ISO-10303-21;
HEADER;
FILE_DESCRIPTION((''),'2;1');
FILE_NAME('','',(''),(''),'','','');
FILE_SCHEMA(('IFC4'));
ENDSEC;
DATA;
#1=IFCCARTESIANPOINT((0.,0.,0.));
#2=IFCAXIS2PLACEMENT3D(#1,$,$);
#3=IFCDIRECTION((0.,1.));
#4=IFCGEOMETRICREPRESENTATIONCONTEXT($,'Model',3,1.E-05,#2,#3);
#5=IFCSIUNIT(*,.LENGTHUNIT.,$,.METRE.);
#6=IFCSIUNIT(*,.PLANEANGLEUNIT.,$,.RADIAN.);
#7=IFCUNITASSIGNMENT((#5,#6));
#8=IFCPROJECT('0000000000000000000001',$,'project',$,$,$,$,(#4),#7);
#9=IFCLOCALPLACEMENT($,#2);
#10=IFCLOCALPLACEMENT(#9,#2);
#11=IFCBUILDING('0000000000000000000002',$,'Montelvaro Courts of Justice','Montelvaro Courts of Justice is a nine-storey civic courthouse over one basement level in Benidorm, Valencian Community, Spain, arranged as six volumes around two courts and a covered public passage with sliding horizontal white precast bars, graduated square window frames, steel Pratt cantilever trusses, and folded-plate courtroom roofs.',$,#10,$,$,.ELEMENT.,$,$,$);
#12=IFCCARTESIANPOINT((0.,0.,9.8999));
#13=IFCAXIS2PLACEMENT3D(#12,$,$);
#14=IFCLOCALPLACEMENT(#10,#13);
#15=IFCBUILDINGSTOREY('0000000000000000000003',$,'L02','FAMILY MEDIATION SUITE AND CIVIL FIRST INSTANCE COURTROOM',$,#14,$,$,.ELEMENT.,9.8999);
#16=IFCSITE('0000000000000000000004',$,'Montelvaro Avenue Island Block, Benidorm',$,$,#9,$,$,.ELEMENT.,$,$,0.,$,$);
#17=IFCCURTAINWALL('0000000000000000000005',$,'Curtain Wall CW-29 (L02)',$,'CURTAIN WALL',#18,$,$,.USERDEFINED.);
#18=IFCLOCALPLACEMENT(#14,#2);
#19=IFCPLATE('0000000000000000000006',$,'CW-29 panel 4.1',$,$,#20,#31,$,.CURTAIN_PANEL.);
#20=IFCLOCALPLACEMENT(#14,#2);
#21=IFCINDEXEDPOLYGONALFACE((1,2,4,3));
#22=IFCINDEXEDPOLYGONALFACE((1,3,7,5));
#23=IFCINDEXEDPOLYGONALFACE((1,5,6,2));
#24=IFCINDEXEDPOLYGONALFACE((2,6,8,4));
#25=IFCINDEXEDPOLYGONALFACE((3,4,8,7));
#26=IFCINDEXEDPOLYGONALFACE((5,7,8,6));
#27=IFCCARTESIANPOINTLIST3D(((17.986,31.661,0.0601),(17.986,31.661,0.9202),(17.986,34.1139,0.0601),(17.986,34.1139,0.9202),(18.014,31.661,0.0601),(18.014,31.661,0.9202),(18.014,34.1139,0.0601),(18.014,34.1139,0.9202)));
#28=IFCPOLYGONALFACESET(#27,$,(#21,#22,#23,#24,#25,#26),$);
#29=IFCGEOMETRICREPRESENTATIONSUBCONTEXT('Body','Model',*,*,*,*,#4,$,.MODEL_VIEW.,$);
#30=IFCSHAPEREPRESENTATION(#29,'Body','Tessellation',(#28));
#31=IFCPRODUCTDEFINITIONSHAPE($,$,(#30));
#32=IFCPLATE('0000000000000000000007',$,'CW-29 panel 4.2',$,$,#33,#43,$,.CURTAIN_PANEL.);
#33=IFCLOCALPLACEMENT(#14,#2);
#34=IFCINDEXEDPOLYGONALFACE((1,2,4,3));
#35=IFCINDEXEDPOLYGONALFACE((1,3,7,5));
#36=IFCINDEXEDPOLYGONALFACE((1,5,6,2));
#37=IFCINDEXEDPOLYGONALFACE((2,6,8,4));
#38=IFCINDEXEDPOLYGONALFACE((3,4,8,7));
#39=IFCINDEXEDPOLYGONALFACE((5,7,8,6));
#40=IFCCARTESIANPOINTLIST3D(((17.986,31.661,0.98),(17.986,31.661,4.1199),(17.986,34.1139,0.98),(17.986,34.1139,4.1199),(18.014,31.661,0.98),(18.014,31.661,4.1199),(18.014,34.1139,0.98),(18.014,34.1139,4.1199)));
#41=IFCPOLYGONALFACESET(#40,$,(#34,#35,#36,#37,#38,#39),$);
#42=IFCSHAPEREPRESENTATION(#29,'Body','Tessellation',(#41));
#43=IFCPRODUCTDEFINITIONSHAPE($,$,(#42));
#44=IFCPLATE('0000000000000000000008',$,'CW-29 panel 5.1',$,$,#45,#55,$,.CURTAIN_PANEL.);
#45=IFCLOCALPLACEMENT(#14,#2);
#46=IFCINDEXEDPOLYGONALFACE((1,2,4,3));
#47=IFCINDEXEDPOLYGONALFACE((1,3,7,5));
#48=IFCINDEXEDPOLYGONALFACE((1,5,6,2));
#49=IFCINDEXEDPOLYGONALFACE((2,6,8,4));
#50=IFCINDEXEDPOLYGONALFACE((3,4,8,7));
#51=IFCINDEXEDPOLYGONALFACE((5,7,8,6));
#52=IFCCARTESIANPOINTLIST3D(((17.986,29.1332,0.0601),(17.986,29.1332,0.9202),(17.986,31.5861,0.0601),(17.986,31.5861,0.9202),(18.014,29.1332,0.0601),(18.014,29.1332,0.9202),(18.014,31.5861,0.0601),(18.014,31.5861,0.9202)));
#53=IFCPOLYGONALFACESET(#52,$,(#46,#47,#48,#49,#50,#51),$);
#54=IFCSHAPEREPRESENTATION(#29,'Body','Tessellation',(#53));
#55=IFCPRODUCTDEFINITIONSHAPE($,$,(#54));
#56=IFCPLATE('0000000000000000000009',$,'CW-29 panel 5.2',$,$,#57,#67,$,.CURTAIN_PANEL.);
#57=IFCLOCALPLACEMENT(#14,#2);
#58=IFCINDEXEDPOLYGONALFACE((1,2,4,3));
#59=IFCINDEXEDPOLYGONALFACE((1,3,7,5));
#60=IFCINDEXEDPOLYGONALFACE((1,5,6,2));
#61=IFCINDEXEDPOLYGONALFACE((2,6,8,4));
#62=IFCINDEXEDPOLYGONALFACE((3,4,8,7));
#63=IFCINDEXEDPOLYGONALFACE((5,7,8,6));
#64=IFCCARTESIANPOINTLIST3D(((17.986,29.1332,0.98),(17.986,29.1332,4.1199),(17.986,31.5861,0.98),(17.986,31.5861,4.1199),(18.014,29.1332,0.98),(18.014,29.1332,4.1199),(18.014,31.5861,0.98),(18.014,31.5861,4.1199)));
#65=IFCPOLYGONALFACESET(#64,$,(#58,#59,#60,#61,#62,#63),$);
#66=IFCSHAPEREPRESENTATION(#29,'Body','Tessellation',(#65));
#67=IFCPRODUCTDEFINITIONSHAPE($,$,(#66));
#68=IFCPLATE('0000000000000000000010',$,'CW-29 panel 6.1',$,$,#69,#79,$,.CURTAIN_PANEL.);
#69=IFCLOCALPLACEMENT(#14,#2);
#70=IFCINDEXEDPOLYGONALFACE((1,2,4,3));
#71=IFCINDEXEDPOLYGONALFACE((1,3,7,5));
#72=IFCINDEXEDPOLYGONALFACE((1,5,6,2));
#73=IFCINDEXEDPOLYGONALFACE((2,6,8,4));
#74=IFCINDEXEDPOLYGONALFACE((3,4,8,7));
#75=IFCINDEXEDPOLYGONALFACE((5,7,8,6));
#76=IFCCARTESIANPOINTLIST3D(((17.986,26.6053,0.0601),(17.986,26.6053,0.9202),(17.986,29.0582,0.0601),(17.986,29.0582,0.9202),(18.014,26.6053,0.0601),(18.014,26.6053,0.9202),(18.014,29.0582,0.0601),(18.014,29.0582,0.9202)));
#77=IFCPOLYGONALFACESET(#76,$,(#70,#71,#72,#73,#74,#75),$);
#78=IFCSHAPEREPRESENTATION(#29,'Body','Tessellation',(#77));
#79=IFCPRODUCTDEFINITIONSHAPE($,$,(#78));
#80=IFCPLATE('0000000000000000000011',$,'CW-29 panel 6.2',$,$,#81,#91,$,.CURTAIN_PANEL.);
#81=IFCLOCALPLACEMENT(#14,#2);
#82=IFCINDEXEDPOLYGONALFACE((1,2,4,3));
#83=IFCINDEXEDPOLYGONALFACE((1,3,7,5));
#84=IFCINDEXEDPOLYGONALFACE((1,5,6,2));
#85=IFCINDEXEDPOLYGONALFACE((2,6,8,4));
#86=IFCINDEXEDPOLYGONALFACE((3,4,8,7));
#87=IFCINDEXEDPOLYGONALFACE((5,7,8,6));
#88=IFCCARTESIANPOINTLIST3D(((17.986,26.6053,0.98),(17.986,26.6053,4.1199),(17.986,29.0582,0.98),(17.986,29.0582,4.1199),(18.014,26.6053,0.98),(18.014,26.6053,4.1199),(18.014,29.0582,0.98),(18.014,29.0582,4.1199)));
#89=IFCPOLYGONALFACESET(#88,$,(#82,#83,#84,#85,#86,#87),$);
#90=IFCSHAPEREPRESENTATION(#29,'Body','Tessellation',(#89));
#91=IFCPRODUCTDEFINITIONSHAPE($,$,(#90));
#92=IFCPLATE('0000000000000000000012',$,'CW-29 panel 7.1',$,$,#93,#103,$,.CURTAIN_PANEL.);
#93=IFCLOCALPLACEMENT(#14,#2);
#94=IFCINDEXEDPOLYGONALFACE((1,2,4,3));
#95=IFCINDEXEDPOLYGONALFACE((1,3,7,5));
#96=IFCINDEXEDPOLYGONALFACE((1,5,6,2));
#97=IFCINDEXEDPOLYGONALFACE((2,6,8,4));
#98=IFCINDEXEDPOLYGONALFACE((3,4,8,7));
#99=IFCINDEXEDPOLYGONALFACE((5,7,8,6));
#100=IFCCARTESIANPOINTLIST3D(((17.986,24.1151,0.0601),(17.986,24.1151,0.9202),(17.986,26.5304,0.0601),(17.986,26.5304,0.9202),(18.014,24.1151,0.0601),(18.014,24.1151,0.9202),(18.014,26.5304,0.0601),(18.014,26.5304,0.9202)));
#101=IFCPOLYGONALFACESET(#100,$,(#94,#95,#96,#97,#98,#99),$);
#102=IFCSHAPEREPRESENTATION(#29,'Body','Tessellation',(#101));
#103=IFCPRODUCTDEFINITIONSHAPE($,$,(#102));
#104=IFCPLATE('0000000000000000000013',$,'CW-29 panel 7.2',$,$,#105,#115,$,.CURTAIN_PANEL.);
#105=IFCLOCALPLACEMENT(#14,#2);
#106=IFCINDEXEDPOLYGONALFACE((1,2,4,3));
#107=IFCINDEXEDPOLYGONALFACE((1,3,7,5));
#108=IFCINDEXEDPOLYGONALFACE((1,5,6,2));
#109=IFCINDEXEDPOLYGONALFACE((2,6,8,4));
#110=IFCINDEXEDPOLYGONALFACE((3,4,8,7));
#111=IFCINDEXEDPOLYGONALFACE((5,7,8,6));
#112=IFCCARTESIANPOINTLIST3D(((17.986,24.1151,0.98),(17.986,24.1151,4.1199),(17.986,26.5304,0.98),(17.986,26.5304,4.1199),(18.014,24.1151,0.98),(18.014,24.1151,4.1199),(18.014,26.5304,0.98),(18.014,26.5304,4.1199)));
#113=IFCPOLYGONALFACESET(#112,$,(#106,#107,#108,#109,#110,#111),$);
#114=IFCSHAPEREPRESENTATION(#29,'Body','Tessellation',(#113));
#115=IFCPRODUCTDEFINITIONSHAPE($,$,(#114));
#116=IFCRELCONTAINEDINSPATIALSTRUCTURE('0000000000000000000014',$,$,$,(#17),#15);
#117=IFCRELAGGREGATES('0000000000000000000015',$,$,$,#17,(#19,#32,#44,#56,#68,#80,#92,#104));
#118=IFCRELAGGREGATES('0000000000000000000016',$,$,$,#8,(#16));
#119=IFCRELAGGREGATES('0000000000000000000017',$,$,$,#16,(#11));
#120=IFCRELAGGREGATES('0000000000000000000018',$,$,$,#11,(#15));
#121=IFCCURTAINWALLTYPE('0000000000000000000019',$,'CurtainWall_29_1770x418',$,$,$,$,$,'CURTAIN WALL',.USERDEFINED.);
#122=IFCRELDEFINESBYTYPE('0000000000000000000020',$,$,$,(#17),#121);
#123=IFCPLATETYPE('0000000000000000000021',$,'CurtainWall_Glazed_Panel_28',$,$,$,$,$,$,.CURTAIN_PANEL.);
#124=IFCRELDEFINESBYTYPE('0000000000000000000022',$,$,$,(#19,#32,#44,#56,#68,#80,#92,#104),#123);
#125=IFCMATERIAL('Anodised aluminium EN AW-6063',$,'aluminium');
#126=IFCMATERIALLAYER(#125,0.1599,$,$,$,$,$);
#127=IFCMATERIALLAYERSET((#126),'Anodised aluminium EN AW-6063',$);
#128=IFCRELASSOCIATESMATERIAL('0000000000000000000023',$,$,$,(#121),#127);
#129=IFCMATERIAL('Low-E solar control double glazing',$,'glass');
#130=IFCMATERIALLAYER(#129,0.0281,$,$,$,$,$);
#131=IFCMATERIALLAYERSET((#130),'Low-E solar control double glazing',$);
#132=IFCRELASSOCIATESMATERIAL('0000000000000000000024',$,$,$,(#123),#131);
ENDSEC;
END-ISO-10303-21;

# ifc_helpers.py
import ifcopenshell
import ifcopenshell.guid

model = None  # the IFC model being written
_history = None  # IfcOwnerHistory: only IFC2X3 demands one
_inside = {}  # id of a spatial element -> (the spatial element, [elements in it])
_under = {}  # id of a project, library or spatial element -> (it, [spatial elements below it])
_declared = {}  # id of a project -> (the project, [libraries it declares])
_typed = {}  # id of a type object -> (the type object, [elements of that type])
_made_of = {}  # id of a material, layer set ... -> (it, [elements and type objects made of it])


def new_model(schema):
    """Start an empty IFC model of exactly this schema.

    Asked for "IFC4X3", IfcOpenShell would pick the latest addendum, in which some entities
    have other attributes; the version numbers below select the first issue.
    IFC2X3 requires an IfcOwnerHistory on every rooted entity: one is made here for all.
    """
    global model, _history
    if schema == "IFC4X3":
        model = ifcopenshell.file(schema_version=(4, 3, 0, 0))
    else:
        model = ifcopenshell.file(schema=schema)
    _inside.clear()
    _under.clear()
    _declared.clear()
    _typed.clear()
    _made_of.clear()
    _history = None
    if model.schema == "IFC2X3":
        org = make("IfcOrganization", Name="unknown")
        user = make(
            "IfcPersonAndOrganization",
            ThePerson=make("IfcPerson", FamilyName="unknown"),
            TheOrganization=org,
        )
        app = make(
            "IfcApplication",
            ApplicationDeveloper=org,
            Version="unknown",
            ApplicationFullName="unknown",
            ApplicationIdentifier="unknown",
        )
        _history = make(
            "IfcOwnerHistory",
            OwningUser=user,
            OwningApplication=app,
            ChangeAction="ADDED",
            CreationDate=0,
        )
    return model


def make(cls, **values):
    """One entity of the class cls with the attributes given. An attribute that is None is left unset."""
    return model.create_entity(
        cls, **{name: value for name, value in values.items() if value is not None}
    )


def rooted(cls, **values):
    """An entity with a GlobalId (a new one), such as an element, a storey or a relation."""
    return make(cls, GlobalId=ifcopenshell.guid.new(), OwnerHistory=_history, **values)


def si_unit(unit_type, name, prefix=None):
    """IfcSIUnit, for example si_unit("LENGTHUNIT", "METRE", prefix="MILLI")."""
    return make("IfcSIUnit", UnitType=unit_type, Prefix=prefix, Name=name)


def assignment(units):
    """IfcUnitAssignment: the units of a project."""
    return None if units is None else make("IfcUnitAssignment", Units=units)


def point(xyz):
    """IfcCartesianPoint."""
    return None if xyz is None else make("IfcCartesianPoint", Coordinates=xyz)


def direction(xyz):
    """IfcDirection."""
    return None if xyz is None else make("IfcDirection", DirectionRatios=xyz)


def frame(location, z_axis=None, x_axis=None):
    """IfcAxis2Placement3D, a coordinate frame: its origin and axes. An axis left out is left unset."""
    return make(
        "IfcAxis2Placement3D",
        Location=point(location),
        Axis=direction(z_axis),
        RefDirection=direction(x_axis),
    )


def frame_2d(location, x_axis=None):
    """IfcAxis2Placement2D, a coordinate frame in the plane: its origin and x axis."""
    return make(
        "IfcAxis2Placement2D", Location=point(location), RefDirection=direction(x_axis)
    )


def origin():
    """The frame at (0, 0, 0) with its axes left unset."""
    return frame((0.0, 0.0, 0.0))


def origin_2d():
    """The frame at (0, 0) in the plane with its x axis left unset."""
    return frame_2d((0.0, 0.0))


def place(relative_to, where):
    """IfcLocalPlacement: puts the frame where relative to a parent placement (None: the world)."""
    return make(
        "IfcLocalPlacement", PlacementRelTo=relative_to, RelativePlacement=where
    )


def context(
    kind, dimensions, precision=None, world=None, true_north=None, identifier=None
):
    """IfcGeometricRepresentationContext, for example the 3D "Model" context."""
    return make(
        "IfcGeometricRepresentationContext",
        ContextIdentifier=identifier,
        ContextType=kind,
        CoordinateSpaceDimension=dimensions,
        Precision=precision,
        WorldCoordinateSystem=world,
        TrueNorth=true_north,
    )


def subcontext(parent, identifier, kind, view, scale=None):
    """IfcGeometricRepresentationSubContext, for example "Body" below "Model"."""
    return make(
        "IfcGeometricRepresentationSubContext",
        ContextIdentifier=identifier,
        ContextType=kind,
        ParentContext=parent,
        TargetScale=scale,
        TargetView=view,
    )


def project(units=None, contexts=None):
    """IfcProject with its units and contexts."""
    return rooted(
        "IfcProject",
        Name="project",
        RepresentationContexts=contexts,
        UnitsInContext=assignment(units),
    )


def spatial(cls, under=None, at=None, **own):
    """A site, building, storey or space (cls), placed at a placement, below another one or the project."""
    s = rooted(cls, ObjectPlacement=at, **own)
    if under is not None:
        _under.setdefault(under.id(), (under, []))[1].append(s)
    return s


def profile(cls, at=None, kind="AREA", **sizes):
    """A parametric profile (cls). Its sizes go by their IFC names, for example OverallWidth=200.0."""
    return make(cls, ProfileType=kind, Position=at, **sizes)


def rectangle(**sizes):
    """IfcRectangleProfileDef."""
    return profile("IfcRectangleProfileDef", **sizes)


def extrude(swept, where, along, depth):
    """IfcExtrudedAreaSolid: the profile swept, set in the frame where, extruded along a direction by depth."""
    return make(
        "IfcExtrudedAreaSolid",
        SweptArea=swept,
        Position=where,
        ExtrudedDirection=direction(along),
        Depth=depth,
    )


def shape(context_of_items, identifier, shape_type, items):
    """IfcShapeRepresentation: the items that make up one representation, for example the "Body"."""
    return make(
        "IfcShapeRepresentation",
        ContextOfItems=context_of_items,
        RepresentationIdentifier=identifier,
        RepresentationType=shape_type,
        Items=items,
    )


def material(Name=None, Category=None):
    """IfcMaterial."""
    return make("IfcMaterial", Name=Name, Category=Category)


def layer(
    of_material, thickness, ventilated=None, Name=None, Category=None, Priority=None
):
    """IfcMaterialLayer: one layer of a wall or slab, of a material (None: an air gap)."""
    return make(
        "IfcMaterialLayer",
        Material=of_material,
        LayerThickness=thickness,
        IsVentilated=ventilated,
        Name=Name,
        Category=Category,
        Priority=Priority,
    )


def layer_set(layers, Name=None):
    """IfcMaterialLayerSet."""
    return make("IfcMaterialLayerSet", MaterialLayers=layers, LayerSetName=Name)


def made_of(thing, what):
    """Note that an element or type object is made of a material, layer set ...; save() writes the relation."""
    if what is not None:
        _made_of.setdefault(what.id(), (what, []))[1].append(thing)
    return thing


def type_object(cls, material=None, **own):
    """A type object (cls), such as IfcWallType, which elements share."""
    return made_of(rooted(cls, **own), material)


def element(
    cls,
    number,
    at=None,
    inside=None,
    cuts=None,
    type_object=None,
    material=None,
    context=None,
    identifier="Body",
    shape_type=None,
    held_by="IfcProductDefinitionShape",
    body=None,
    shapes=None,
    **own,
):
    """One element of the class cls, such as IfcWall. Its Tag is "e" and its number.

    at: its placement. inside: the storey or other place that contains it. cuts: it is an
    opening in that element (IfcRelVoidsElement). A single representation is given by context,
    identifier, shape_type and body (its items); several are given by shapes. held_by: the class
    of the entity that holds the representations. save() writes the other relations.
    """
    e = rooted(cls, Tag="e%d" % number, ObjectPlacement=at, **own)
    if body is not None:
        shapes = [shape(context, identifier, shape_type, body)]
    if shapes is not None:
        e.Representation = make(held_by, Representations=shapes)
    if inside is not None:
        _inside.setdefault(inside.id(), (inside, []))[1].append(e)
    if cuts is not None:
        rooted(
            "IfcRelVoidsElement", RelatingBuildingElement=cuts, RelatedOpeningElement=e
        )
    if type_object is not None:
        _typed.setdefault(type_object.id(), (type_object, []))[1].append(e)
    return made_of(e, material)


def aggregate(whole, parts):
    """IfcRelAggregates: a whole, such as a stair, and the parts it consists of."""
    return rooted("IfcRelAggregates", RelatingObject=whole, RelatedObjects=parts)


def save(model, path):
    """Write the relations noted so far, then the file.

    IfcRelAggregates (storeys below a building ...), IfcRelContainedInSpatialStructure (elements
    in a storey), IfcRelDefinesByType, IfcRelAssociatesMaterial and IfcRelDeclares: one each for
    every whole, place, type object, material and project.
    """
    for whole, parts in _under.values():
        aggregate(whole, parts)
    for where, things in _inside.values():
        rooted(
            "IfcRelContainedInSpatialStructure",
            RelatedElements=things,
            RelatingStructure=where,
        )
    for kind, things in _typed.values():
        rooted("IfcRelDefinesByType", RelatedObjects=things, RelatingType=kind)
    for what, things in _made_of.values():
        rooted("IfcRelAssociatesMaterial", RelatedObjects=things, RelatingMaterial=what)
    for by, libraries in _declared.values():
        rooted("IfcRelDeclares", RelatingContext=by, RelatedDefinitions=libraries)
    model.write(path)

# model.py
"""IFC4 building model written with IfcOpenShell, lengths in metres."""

from ifc_helpers import new_model, si_unit, direction, frame, origin, origin_2d, place, context, subcontext, project, spatial, rectangle, extrude, material, layer, layer_set, type_object, element, aggregate, save


model = new_model("IFC4")

# Units and contexts
model_context = context("Model", 3, precision=1e-05, world=origin(), true_north=direction((0.0, 1.0)))
body_context = subcontext(model_context, "Body", "Model", "MODEL_VIEW")
ifc_project = project(units=[si_unit("LENGTHUNIT", "METRE"), si_unit("PLANEANGLEUNIT", "RADIAN")], contexts=[model_context])

# Site, building, storey
site_placement = place(None, origin())
site = spatial("IfcSite", under=ifc_project, at=site_placement, Name="Montelvaro Avenue Island Block, Benidorm", CompositionType="ELEMENT", RefElevation=0.0)
building_placement = place(site_placement, origin())
building = spatial("IfcBuilding", under=site, at=building_placement, Name="Montelvaro Courts of Justice", Description="Montelvaro Courts of Justice is a nine-storey civic courthouse over one basement level in Benidorm, Valencian Community, Spain, arranged as six volumes around two courts and a covered public passage with sliding horizontal white precast bars, graduated square window frames, steel Pratt cantilever trusses, and folded-plate courtroom roofs.", CompositionType="ELEMENT")
storey_placement = place(building_placement, frame((0.0, 0.0, 9.8999)))
storey = spatial("IfcBuildingStorey", under=building, at=storey_placement, Name="L02", Description="FAMILY MEDIATION SUITE AND CIVIL FIRST INSTANCE COURTROOM", CompositionType="ELEMENT", Elevation=9.8999)

# Curtain wall
ifc_material_1 = material(Name="Anodised aluminium EN AW-6063", Category="aluminium")
ifc_layer_1 = layer(ifc_material_1, 0.1599)
ifc_layer_set_1 = layer_set([ifc_layer_1], Name="Anodised aluminium EN AW-6063")
curtain_wall_type_1 = type_object("IfcCurtainWallType", Name="CurtainWall_29_1770x418", ElementType="CURTAIN WALL", PredefinedType="USERDEFINED", material=ifc_layer_set_1)
curtain_wall_1_placement = place(storey_placement, origin())
curtain_wall_1 = element("IfcCurtainWall", 1, at=curtain_wall_1_placement, inside=storey, type_object=curtain_wall_type_1, Name="Curtain Wall CW-29 (L02)", ObjectType="CURTAIN WALL", PredefinedType="USERDEFINED")

# Plates
ifc_material_2 = material(Name="Low-E solar control double glazing", Category="glass")
ifc_layer_2 = layer(ifc_material_2, 0.0281)
ifc_layer_set_2 = layer_set([ifc_layer_2], Name="Low-E solar control double glazing")
plate_type = type_object("IfcPlateType", Name="CurtainWall_Glazed_Panel_28", PredefinedType="CURTAIN_PANEL", material=ifc_layer_set_2)
plate_1_placement = place(storey_placement, frame((18.0, 32.8875, 0.0601), z_axis=(0.0, 0.0, 1.0), x_axis=(0.0, -1.0, 0.0)))
plate_1 = element("IfcPlate", 2, at=plate_1_placement, type_object=plate_type, Name="CW-29 panel 4.1", PredefinedType="CURTAIN_PANEL", context=body_context, shape_type="SweptSolid", body=[
    extrude(rectangle(XDim=2.4529, YDim=0.0281, at=origin_2d()), origin(), (0.0, 0.0, 1.0), 0.8601),
])
plate_2_placement = place(storey_placement, frame((18.0, 32.8875, 0.98), z_axis=(0.0, 0.0, 1.0), x_axis=(0.0, -1.0, 0.0)))
plate_2 = element("IfcPlate", 3, at=plate_2_placement, type_object=plate_type, Name="CW-29 panel 4.2", PredefinedType="CURTAIN_PANEL", context=body_context, shape_type="SweptSolid", body=[
    extrude(rectangle(XDim=2.4529, YDim=0.0281, at=origin_2d()), origin(), (0.0, 0.0, 1.0), 3.1399),
])
plate_3_placement = place(storey_placement, frame((18.0, 30.3596, 0.0601), z_axis=(0.0, 0.0, 1.0), x_axis=(0.0, -1.0, 0.0)))
plate_3 = element("IfcPlate", 4, at=plate_3_placement, type_object=plate_type, Name="CW-29 panel 5.1", PredefinedType="CURTAIN_PANEL", context=body_context, shape_type="SweptSolid", body=[
    extrude(rectangle(XDim=2.4529, YDim=0.0281, at=origin_2d()), origin(), (0.0, 0.0, 1.0), 0.8601),
])
plate_4_placement = place(storey_placement, frame((18.0, 30.3596, 0.98), z_axis=(0.0, 0.0, 1.0), x_axis=(0.0, -1.0, 0.0)))
plate_4 = element("IfcPlate", 5, at=plate_4_placement, type_object=plate_type, Name="CW-29 panel 5.2", PredefinedType="CURTAIN_PANEL", context=body_context, shape_type="SweptSolid", body=[
    extrude(rectangle(XDim=2.4529, YDim=0.0281, at=origin_2d()), origin(), (0.0, 0.0, 1.0), 3.1399),
])
plate_5_placement = place(storey_placement, frame((18.0, 27.8318, 0.0601), z_axis=(0.0, 0.0, 1.0), x_axis=(0.0, -1.0, 0.0)))
plate_5 = element("IfcPlate", 6, at=plate_5_placement, type_object=plate_type, Name="CW-29 panel 6.1", PredefinedType="CURTAIN_PANEL", context=body_context, shape_type="SweptSolid", body=[
    extrude(rectangle(XDim=2.4529, YDim=0.0281, at=origin_2d()), origin(), (0.0, 0.0, 1.0), 0.8601),
])
plate_6_placement = place(storey_placement, frame((18.0, 27.8318, 0.98), z_axis=(0.0, 0.0, 1.0), x_axis=(0.0, -1.0, 0.0)))
plate_6 = element("IfcPlate", 7, at=plate_6_placement, type_object=plate_type, Name="CW-29 panel 6.2", PredefinedType="CURTAIN_PANEL", context=body_context, shape_type="SweptSolid", body=[
    extrude(rectangle(XDim=2.4529, YDim=0.0281, at=origin_2d()), origin(), (0.0, 0.0, 1.0), 3.1399),
])
plate_7_placement = place(storey_placement, frame((18.0, 25.3228, 0.0601), z_axis=(0.0, 0.0, 1.0), x_axis=(0.0, -1.0, 0.0)))
plate_7 = element("IfcPlate", 8, at=plate_7_placement, type_object=plate_type, Name="CW-29 panel 7.1", PredefinedType="CURTAIN_PANEL", context=body_context, shape_type="SweptSolid", body=[
    extrude(rectangle(XDim=2.4153, YDim=0.0281, at=origin_2d()), origin(), (0.0, 0.0, 1.0), 0.8601),
])
plate_8_placement = place(storey_placement, frame((18.0, 25.3228, 0.98), z_axis=(0.0, 0.0, 1.0), x_axis=(0.0, -1.0, 0.0)))
plate_8 = element("IfcPlate", 9, at=plate_8_placement, type_object=plate_type, Name="CW-29 panel 7.2", PredefinedType="CURTAIN_PANEL", context=body_context, shape_type="SweptSolid", body=[
    extrude(rectangle(XDim=2.4153, YDim=0.0281, at=origin_2d()), origin(), (0.0, 0.0, 1.0), 3.1399),
])
aggregate(curtain_wall_1, [plate_1, plate_2, plate_3, plate_4, plate_5, plate_6, plate_7, plate_8])

save(model, "model.ifc")
